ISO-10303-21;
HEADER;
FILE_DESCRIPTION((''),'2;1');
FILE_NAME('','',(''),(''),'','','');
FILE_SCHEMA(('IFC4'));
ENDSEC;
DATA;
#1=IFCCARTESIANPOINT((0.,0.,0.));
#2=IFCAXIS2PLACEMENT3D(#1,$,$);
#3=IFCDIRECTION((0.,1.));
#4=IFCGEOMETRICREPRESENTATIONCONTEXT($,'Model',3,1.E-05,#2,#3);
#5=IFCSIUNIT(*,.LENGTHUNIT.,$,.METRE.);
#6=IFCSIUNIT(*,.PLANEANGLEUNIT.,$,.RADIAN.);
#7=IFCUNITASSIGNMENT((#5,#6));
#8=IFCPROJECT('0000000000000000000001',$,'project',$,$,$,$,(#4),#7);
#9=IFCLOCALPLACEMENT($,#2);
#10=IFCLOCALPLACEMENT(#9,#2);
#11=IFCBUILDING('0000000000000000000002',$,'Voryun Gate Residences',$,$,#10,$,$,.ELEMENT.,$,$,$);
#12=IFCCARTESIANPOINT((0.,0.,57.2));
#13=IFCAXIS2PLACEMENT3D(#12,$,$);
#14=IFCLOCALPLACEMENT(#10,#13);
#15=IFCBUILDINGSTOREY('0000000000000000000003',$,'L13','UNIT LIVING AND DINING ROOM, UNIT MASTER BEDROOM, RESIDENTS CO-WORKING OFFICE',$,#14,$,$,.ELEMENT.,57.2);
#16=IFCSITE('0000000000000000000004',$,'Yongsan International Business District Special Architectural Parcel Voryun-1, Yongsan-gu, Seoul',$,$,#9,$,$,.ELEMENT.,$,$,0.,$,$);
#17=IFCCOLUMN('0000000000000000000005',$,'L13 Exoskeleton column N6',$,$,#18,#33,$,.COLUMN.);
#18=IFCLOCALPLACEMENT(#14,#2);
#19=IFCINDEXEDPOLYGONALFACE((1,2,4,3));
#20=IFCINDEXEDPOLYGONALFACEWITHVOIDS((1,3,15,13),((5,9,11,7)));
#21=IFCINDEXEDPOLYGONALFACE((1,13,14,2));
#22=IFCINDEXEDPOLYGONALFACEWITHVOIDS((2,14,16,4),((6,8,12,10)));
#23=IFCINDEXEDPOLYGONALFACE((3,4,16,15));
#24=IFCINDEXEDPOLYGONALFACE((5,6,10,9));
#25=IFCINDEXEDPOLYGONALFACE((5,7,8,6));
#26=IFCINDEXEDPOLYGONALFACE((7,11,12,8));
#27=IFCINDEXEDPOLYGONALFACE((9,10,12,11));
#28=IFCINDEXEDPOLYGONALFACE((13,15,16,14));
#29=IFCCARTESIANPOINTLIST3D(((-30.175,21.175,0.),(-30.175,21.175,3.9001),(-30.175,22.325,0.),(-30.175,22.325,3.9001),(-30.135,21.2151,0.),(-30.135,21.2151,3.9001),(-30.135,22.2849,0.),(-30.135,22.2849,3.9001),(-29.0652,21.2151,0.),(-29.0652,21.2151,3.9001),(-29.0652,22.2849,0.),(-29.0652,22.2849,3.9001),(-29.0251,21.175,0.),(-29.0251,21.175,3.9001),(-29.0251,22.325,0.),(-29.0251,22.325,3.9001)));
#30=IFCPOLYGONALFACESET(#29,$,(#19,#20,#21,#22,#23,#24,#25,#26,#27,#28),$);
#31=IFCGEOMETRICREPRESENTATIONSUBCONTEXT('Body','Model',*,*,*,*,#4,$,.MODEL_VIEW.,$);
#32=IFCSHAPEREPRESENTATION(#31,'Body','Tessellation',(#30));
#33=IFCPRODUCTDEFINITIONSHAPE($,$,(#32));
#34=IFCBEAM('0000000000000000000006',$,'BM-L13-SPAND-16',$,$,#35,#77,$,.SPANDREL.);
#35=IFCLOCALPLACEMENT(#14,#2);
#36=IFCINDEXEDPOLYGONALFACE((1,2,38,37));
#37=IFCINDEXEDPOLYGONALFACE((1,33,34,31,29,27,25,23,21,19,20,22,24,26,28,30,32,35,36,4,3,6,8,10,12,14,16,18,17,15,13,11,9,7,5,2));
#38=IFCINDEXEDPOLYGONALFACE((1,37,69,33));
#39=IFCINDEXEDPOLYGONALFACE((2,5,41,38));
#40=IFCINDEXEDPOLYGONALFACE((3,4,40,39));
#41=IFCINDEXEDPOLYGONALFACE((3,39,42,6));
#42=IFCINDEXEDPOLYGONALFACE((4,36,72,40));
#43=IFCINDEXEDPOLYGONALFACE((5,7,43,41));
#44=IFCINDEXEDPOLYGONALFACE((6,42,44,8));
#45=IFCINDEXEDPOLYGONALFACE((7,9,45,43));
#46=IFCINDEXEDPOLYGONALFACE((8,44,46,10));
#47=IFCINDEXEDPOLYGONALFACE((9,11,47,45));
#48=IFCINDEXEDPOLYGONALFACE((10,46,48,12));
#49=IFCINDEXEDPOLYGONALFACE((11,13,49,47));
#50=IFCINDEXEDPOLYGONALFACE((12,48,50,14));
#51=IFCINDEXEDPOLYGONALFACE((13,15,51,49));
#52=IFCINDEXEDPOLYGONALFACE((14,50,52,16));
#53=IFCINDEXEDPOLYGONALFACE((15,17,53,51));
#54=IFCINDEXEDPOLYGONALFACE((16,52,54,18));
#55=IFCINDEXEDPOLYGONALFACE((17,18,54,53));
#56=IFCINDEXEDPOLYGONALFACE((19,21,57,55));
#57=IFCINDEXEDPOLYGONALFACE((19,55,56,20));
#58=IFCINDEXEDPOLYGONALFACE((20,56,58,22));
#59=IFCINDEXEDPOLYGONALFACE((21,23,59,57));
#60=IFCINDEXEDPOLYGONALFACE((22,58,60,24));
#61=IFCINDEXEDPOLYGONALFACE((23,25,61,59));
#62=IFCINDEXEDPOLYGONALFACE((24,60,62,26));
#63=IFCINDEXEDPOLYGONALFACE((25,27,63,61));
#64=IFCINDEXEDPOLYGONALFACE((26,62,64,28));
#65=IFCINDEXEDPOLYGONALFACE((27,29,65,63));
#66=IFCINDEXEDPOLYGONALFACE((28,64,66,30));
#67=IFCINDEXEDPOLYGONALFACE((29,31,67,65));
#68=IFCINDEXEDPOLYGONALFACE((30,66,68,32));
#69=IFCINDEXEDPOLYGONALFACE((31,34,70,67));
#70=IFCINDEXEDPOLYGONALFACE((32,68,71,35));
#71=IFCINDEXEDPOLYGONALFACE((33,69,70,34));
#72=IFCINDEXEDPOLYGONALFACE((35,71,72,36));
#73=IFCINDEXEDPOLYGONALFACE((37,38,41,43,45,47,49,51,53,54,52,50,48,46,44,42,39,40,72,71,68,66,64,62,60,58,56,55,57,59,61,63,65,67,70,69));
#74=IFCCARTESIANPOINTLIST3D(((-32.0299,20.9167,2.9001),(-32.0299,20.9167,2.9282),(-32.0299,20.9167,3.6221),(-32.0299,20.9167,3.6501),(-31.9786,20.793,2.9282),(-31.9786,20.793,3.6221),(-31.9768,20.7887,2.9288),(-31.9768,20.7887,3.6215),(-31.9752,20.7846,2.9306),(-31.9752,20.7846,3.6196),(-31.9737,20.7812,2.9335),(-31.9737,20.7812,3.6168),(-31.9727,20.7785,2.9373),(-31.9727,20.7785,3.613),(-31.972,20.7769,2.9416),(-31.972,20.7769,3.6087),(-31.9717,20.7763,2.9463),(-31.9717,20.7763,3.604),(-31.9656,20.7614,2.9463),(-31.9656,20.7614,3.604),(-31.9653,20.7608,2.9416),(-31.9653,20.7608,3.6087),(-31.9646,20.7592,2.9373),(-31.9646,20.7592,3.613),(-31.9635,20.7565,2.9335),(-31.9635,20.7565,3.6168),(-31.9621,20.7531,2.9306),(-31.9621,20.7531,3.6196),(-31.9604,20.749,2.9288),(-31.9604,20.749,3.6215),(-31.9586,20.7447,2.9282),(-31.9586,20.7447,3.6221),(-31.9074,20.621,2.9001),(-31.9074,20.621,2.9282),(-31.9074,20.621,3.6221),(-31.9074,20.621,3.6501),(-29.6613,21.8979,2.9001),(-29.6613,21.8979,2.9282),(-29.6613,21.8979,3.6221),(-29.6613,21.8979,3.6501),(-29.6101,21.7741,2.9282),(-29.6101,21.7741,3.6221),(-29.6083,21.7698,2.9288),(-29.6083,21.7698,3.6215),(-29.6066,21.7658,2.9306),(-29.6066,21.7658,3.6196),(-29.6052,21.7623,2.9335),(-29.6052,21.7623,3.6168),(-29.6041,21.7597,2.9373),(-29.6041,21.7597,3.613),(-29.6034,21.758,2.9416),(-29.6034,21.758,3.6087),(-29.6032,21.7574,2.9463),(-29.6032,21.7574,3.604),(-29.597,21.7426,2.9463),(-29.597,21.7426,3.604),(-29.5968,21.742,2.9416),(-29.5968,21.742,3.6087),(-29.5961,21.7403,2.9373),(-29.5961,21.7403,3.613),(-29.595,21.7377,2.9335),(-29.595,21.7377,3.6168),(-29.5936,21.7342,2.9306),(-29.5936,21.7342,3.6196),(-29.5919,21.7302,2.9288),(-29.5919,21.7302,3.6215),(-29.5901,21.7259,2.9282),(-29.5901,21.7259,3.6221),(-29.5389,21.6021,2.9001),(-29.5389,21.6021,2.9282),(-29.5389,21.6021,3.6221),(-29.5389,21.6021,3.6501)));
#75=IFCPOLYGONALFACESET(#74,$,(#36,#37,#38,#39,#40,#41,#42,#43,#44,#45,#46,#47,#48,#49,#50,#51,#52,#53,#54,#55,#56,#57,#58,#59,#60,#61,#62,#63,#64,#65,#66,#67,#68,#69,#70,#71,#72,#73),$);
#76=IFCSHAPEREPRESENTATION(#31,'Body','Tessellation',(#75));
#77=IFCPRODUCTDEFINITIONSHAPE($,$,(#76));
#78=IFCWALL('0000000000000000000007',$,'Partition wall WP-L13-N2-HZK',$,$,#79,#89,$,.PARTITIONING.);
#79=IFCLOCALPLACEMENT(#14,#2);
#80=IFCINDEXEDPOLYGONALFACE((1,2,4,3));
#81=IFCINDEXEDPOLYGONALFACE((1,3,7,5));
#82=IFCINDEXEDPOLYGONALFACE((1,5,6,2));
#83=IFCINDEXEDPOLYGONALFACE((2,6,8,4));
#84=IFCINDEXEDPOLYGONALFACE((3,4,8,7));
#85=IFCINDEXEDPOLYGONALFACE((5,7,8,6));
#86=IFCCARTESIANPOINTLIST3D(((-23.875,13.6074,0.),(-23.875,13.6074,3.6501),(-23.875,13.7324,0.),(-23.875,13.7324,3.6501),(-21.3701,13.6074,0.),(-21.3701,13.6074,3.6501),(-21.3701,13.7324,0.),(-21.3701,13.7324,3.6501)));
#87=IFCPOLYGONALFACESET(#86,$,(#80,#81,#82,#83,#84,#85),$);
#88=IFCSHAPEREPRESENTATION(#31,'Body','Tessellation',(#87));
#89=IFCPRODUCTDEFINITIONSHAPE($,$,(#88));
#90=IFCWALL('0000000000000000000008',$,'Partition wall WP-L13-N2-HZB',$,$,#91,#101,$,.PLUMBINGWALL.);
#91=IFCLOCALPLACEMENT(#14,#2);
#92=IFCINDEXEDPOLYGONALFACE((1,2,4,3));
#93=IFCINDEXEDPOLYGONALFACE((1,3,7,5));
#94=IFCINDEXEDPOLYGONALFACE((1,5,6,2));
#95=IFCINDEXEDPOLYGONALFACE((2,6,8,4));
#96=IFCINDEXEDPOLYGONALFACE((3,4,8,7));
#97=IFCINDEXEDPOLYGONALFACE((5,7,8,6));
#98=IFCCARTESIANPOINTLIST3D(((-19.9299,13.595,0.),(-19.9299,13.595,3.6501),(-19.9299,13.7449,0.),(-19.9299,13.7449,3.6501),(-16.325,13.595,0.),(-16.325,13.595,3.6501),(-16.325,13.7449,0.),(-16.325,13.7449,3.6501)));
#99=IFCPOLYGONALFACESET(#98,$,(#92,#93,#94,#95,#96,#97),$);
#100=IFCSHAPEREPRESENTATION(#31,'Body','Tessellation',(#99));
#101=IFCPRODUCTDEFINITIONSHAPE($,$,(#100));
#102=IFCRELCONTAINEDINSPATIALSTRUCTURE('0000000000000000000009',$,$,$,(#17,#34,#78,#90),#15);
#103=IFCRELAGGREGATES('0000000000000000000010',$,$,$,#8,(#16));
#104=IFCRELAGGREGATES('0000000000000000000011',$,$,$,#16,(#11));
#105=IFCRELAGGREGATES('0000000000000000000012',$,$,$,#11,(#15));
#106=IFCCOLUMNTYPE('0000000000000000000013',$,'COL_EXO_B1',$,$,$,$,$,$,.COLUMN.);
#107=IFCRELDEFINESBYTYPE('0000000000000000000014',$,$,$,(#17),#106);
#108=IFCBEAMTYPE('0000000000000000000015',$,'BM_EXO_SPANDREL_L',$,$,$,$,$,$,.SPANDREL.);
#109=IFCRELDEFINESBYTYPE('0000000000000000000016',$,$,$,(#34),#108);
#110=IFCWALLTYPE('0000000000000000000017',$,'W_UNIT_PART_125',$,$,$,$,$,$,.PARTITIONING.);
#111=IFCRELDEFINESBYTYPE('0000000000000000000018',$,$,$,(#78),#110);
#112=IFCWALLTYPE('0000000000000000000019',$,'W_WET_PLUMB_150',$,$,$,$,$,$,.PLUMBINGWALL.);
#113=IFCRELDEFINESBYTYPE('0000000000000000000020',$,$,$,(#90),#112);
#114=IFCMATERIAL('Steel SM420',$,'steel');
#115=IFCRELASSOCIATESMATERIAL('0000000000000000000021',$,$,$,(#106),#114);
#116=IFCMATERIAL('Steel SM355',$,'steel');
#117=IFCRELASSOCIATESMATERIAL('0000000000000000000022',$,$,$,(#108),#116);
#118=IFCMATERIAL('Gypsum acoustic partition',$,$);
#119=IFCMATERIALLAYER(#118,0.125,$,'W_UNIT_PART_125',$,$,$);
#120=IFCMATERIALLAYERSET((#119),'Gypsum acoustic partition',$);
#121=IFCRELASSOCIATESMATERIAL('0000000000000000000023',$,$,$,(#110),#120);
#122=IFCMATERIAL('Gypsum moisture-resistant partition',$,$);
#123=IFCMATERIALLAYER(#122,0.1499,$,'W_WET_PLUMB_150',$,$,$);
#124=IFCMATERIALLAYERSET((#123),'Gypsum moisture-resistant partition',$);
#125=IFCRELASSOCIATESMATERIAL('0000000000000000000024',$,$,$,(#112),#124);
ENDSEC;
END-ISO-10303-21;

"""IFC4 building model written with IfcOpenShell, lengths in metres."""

from ifc_helpers import new_model, si_unit, direction, frame, frame_2d, origin, origin_2d, place, context, subcontext, project, spatial, rectangle, hollow_rectangle, i_section, extrude, material, layer, layer_set, material_profile, profile_set, type_object, element, save


model = new_model("IFC4")

# Units and contexts
model_context = context("Model", 3, precision=1e-05, world=origin(), true_north=direction((0.0, 1.0)))
body_context = subcontext(model_context, "Body", "Model", "MODEL_VIEW")
ifc_project = project(units=[si_unit("LENGTHUNIT", "METRE"), si_unit("PLANEANGLEUNIT", "RADIAN")], contexts=[model_context])

# Site, building, storey
site_placement = place(None, origin())
site = spatial("IfcSite", under=ifc_project, at=site_placement, Name="Yongsan International Business District Special Architectural Parcel Voryun-1, Yongsan-gu, Seoul", CompositionType="ELEMENT", RefElevation=0.0)
building_placement = place(site_placement, origin())
building = spatial("IfcBuilding", under=site, at=building_placement, Name="Voryun Gate Residences", CompositionType="ELEMENT")
storey_placement = place(building_placement, frame((0.0, 0.0, 57.2)))
storey = spatial("IfcBuildingStorey", under=building, at=storey_placement, Name="L13", Description="UNIT LIVING AND DINING ROOM, UNIT MASTER BEDROOM, RESIDENTS CO-WORKING OFFICE", CompositionType="ELEMENT", Elevation=57.2)

# Column
ifc_material_1 = material(Name="Steel SM420", Category="steel")
ifc_material_profile_1 = material_profile(ifc_material_1, hollow_rectangle(XDim=1.1499, YDim=1.1499, WallThickness=0.04, at=origin_2d()), Name="BOX-1150x1150x40")
ifc_profile_set_1 = profile_set([ifc_material_profile_1], Name="Steel SM420")
column_type = type_object("IfcColumnType", Name="COL_EXO_B1", PredefinedType="COLUMN", material=ifc_profile_set_1)
column_placement = place(storey_placement, frame((-29.6001, 21.75, 0.0), z_axis=(0.0, 0.0, 1.0), x_axis=(1.0, 0.0, 0.0)))
element("IfcColumn", 1, at=column_placement, inside=storey, type_object=column_type, Name="L13 Exoskeleton column N6", PredefinedType="COLUMN", context=body_context, shape_type="SweptSolid", body=[
    extrude(hollow_rectangle(XDim=1.1499, YDim=1.1499, WallThickness=0.04, at=origin_2d()), origin(), (0.0, 0.0, 1.0), 3.9001),
])

# Beam
ifc_material_2 = material(Name="Steel SM355", Category="steel")
ifc_material_profile_2 = material_profile(ifc_material_2, i_section(OverallWidth=0.3201, OverallDepth=0.75, WebThickness=0.0161, FlangeThickness=0.0281, FilletRadius=0.0181, at=origin_2d()), Name="H-750x320x16x28")
ifc_profile_set_2 = profile_set([ifc_material_profile_2], Name="Steel SM355")
beam_type = type_object("IfcBeamType", Name="BM_EXO_SPANDREL_L", PredefinedType="SPANDREL", material=ifc_profile_set_2)
beam_placement = place(storey_placement, frame((-29.6001, 21.75, 3.2751), z_axis=(-0.923869, -0.382708, 0.0), x_axis=(0.382708, -0.923869, 0.0)))
element("IfcBeam", 2, at=beam_placement, inside=storey, type_object=beam_type, Name="BM-L13-SPAND-16", PredefinedType="SPANDREL", context=body_context, shape_type="SweptSolid", body=[
    extrude(i_section(OverallWidth=0.3201, OverallDepth=0.75, WebThickness=0.0161, FlangeThickness=0.0281, FilletRadius=0.0181, at=origin_2d()), origin(), (0.0, 0.0, 1.0), 2.5637),
])

# Walls
ifc_material_3 = material(Name="Gypsum acoustic partition")
ifc_layer_1 = layer(ifc_material_3, 0.125, Name="W_UNIT_PART_125")
ifc_layer_set_1 = layer_set([ifc_layer_1], Name="Gypsum acoustic partition")
wall_type_1 = type_object("IfcWallType", Name="W_UNIT_PART_125", PredefinedType="PARTITIONING", material=ifc_layer_set_1)
wall_1_placement = place(storey_placement, frame((-23.875, 13.6699, 0.0), z_axis=(0.0, 0.0, 1.0), x_axis=(1.0, 0.0, 0.0)))
element("IfcWall", 3, at=wall_1_placement, inside=storey, type_object=wall_type_1, Name="Partition wall WP-L13-N2-HZK", PredefinedType="PARTITIONING", context=body_context, shape_type="SweptSolid", body=[
    extrude(rectangle(XDim=2.5049, YDim=0.125, at=frame_2d((1.2524, 0.0))), origin(), (0.0, 0.0, 1.0), 3.6501),
])
ifc_material_4 = material(Name="Gypsum moisture-resistant partition")
ifc_layer_2 = layer(ifc_material_4, 0.1499, Name="W_WET_PLUMB_150")
ifc_layer_set_2 = layer_set([ifc_layer_2], Name="Gypsum moisture-resistant partition")
wall_type_2 = type_object("IfcWallType", Name="W_WET_PLUMB_150", PredefinedType="PLUMBINGWALL", material=ifc_layer_set_2)
wall_2_placement = place(storey_placement, frame((-19.9299, 13.6699, 0.0), z_axis=(0.0, 0.0, 1.0), x_axis=(1.0, 0.0, 0.0)))
element("IfcWall", 4, at=wall_2_placement, inside=storey, type_object=wall_type_2, Name="Partition wall WP-L13-N2-HZB", PredefinedType="PLUMBINGWALL", context=body_context, shape_type="SweptSolid", body=[
    extrude(rectangle(XDim=3.605, YDim=0.1499, at=frame_2d((1.8025, 0.0))), origin(), (0.0, 0.0, 1.0), 3.6501),
])

save(model, "model.ifc")
